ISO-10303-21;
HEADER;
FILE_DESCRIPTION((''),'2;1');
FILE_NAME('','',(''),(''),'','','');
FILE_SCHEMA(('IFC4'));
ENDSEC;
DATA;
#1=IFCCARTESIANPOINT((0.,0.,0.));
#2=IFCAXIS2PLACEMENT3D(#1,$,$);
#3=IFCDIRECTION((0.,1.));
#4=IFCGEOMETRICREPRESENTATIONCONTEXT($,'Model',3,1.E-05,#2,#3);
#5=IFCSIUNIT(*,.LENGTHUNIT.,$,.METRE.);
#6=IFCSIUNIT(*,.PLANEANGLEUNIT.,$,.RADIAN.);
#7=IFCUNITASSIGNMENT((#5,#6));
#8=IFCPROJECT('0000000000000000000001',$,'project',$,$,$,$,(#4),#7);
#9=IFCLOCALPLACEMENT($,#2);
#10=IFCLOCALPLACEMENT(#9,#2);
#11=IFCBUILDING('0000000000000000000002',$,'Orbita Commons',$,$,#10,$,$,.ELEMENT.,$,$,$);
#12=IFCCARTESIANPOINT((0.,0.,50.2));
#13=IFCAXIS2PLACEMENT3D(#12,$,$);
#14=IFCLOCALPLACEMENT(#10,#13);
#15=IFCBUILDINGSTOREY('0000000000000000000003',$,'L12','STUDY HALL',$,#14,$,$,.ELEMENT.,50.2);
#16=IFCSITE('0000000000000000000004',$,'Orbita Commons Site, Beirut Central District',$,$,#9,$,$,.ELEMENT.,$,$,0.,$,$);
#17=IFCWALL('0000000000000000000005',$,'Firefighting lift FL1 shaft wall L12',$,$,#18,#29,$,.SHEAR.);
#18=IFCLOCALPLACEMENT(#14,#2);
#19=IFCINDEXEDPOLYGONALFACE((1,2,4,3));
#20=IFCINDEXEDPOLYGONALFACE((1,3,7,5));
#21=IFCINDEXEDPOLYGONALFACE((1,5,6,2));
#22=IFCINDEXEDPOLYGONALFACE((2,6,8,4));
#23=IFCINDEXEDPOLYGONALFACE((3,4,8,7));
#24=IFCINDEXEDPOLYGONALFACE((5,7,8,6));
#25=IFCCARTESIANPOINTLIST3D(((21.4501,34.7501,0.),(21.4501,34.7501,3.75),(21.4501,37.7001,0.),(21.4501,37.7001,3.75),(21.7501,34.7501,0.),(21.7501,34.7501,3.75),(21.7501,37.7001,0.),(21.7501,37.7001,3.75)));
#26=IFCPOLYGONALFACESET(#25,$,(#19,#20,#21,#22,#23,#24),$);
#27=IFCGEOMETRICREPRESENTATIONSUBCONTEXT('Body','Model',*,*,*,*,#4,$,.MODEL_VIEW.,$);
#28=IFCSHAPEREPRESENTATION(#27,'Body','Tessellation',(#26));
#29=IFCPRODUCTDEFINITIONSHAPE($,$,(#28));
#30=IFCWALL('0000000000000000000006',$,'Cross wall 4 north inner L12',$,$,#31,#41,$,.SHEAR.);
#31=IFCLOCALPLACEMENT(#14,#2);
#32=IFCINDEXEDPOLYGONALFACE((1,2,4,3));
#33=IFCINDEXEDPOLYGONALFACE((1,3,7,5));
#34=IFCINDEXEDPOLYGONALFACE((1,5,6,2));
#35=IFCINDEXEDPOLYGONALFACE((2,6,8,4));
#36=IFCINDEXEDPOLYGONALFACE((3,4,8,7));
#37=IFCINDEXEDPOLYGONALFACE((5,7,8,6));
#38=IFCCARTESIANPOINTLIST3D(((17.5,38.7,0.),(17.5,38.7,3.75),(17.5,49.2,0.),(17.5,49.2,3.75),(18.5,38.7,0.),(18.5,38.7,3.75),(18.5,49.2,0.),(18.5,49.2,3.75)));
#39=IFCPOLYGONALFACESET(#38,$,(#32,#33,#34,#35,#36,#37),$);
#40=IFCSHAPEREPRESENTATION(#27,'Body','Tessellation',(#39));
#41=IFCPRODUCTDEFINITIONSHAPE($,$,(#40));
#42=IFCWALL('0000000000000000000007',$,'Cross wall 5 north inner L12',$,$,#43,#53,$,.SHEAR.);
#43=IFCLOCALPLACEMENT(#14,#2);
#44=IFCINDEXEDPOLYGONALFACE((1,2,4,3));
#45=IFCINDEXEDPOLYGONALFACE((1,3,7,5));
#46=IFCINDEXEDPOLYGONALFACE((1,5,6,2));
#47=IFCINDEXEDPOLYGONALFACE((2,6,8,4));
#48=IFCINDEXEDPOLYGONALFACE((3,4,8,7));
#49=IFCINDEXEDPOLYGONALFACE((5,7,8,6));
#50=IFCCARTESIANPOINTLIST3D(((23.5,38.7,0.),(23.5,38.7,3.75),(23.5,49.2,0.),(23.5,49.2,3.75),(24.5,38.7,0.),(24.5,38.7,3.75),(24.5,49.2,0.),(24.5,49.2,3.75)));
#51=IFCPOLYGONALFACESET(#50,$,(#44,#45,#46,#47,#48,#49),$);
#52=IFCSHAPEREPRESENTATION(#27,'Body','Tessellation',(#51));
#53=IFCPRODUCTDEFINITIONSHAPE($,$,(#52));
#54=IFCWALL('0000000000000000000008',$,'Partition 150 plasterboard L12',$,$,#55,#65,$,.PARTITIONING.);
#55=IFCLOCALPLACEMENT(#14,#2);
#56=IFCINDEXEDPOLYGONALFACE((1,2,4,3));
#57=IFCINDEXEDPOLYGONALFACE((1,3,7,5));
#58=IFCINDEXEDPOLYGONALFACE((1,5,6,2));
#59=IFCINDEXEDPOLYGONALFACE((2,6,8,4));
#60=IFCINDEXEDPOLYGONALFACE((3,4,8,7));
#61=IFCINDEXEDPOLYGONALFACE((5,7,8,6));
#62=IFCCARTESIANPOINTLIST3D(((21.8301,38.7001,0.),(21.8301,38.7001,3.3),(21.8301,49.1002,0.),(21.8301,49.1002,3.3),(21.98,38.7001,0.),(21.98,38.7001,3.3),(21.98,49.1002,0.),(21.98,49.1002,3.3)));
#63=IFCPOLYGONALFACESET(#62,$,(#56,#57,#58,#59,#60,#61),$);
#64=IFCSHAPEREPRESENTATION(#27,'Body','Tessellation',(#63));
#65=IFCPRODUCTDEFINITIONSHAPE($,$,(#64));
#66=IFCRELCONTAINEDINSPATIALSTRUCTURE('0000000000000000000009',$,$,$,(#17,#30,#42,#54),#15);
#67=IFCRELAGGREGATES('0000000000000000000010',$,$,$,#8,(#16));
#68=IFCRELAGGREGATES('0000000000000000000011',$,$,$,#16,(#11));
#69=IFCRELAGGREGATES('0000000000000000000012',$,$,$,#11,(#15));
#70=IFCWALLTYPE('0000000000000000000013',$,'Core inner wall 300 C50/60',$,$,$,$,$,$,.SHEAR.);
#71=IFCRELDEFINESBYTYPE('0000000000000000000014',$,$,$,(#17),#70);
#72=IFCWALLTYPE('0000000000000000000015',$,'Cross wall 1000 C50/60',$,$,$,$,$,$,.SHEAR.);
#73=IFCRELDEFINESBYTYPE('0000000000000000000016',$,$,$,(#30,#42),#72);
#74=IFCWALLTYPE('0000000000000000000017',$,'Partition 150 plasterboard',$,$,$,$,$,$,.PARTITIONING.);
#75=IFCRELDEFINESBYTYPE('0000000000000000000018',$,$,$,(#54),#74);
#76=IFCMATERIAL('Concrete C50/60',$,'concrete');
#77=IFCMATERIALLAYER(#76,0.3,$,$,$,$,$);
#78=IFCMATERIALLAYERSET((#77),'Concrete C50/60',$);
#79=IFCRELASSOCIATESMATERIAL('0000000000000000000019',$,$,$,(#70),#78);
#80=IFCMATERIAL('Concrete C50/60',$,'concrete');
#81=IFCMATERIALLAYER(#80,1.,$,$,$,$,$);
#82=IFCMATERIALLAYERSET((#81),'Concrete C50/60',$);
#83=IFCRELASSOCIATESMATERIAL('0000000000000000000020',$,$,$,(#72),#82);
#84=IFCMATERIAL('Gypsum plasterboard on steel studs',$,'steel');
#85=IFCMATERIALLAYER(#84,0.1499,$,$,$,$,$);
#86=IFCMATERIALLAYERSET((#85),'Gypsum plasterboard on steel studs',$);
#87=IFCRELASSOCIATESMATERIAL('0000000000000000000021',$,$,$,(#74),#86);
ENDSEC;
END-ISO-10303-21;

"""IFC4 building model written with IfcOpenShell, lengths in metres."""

from ifc_helpers import new_model, si_unit, direction, frame, frame_2d, origin, place, context, subcontext, project, spatial, rectangle, extrude, material, layer, layer_set, type_object, element, save


model = new_model("IFC4")

# Units and contexts
model_context = context("Model", 3, precision=1e-05, world=origin(), true_north=direction((0.0, 1.0)))
body_context = subcontext(model_context, "Body", "Model", "MODEL_VIEW")
ifc_project = project(units=[si_unit("LENGTHUNIT", "METRE"), si_unit("PLANEANGLEUNIT", "RADIAN")], contexts=[model_context])

# Site, building, storey
site_placement = place(None, origin())
site = spatial("IfcSite", under=ifc_project, at=site_placement, Name="Orbita Commons Site, Beirut Central District", CompositionType="ELEMENT", RefElevation=0.0)
building_placement = place(site_placement, origin())
building = spatial("IfcBuilding", under=site, at=building_placement, Name="Orbita Commons", CompositionType="ELEMENT")
storey_placement = place(building_placement, frame((0.0, 0.0, 50.2)))
storey = spatial("IfcBuildingStorey", under=building, at=storey_placement, Name="L12", Description="STUDY HALL", CompositionType="ELEMENT", Elevation=50.2)

# Walls
ifc_material_1 = material(Name="Concrete C50/60", Category="concrete")
ifc_layer_1 = layer(ifc_material_1, 0.3)
ifc_layer_set_1 = layer_set([ifc_layer_1], Name="Concrete C50/60")
wall_type_1 = type_object("IfcWallType", Name="Core inner wall 300 C50/60", PredefinedType="SHEAR", material=ifc_layer_set_1)
wall_1_placement = place(storey_placement, frame((21.6001, 34.75, 0.0), z_axis=(0.0, 0.0, 1.0), x_axis=(0.0, 1.0, 0.0)))
element("IfcWall", 1, at=wall_1_placement, inside=storey, type_object=wall_type_1, Name="Firefighting lift FL1 shaft wall L12", PredefinedType="SHEAR", context=body_context, shape_type="SweptSolid", body=[
    extrude(rectangle(XDim=2.95, YDim=0.3, at=frame_2d((1.4751, 0.0))), origin(), (0.0, 0.0, 1.0), 3.75),
])
ifc_material_2 = material(Name="Concrete C50/60", Category="concrete")
ifc_layer_2 = layer(ifc_material_2, 1.0)
ifc_layer_set_2 = layer_set([ifc_layer_2], Name="Concrete C50/60")
wall_type_2 = type_object("IfcWallType", Name="Cross wall 1000 C50/60", PredefinedType="SHEAR", material=ifc_layer_set_2)
for number, where, z_axis, x_axis, name in (
    (2, (18.0, 38.7, 0.0), (0.0, 0.0, 1.0), (0.0, 1.0, 0.0), "Cross wall 4 north inner L12"),
    (3, (24.0, 38.7, 0.0), (0.0, 0.0, 1.0), (0.0, 1.0, 0.0), "Cross wall 5 north inner L12"),
):
    element("IfcWall", number, at=place(storey_placement, frame(where, z_axis=z_axis, x_axis=x_axis)), inside=storey, type_object=wall_type_2, Name=name, PredefinedType="SHEAR", context=body_context, shape_type="SweptSolid", body=[
        extrude(rectangle(XDim=10.5, YDim=1.0, at=frame_2d((5.25, 0.0))), origin(), (0.0, 0.0, 1.0), 3.75),
    ])
ifc_material_3 = material(Name="Gypsum plasterboard on steel studs", Category="steel")
ifc_layer_3 = layer(ifc_material_3, 0.1499)
ifc_layer_set_3 = layer_set([ifc_layer_3], Name="Gypsum plasterboard on steel studs")
wall_type_3 = type_object("IfcWallType", Name="Partition 150 plasterboard", PredefinedType="PARTITIONING", material=ifc_layer_set_3)
wall_2_placement = place(storey_placement, frame((21.905, 38.7, 0.0), z_axis=(0.0, 0.0, 1.0), x_axis=(0.0, 1.0, 0.0)))
element("IfcWall", 4, at=wall_2_placement, inside=storey, type_object=wall_type_3, Name="Partition 150 plasterboard L12", PredefinedType="PARTITIONING", context=body_context, shape_type="SweptSolid", body=[
    extrude(rectangle(XDim=10.4001, YDim=0.1499, at=frame_2d((5.2002, 0.0))), origin(), (0.0, 0.0, 1.0), 3.3),
])

save(model, "model.ifc")
